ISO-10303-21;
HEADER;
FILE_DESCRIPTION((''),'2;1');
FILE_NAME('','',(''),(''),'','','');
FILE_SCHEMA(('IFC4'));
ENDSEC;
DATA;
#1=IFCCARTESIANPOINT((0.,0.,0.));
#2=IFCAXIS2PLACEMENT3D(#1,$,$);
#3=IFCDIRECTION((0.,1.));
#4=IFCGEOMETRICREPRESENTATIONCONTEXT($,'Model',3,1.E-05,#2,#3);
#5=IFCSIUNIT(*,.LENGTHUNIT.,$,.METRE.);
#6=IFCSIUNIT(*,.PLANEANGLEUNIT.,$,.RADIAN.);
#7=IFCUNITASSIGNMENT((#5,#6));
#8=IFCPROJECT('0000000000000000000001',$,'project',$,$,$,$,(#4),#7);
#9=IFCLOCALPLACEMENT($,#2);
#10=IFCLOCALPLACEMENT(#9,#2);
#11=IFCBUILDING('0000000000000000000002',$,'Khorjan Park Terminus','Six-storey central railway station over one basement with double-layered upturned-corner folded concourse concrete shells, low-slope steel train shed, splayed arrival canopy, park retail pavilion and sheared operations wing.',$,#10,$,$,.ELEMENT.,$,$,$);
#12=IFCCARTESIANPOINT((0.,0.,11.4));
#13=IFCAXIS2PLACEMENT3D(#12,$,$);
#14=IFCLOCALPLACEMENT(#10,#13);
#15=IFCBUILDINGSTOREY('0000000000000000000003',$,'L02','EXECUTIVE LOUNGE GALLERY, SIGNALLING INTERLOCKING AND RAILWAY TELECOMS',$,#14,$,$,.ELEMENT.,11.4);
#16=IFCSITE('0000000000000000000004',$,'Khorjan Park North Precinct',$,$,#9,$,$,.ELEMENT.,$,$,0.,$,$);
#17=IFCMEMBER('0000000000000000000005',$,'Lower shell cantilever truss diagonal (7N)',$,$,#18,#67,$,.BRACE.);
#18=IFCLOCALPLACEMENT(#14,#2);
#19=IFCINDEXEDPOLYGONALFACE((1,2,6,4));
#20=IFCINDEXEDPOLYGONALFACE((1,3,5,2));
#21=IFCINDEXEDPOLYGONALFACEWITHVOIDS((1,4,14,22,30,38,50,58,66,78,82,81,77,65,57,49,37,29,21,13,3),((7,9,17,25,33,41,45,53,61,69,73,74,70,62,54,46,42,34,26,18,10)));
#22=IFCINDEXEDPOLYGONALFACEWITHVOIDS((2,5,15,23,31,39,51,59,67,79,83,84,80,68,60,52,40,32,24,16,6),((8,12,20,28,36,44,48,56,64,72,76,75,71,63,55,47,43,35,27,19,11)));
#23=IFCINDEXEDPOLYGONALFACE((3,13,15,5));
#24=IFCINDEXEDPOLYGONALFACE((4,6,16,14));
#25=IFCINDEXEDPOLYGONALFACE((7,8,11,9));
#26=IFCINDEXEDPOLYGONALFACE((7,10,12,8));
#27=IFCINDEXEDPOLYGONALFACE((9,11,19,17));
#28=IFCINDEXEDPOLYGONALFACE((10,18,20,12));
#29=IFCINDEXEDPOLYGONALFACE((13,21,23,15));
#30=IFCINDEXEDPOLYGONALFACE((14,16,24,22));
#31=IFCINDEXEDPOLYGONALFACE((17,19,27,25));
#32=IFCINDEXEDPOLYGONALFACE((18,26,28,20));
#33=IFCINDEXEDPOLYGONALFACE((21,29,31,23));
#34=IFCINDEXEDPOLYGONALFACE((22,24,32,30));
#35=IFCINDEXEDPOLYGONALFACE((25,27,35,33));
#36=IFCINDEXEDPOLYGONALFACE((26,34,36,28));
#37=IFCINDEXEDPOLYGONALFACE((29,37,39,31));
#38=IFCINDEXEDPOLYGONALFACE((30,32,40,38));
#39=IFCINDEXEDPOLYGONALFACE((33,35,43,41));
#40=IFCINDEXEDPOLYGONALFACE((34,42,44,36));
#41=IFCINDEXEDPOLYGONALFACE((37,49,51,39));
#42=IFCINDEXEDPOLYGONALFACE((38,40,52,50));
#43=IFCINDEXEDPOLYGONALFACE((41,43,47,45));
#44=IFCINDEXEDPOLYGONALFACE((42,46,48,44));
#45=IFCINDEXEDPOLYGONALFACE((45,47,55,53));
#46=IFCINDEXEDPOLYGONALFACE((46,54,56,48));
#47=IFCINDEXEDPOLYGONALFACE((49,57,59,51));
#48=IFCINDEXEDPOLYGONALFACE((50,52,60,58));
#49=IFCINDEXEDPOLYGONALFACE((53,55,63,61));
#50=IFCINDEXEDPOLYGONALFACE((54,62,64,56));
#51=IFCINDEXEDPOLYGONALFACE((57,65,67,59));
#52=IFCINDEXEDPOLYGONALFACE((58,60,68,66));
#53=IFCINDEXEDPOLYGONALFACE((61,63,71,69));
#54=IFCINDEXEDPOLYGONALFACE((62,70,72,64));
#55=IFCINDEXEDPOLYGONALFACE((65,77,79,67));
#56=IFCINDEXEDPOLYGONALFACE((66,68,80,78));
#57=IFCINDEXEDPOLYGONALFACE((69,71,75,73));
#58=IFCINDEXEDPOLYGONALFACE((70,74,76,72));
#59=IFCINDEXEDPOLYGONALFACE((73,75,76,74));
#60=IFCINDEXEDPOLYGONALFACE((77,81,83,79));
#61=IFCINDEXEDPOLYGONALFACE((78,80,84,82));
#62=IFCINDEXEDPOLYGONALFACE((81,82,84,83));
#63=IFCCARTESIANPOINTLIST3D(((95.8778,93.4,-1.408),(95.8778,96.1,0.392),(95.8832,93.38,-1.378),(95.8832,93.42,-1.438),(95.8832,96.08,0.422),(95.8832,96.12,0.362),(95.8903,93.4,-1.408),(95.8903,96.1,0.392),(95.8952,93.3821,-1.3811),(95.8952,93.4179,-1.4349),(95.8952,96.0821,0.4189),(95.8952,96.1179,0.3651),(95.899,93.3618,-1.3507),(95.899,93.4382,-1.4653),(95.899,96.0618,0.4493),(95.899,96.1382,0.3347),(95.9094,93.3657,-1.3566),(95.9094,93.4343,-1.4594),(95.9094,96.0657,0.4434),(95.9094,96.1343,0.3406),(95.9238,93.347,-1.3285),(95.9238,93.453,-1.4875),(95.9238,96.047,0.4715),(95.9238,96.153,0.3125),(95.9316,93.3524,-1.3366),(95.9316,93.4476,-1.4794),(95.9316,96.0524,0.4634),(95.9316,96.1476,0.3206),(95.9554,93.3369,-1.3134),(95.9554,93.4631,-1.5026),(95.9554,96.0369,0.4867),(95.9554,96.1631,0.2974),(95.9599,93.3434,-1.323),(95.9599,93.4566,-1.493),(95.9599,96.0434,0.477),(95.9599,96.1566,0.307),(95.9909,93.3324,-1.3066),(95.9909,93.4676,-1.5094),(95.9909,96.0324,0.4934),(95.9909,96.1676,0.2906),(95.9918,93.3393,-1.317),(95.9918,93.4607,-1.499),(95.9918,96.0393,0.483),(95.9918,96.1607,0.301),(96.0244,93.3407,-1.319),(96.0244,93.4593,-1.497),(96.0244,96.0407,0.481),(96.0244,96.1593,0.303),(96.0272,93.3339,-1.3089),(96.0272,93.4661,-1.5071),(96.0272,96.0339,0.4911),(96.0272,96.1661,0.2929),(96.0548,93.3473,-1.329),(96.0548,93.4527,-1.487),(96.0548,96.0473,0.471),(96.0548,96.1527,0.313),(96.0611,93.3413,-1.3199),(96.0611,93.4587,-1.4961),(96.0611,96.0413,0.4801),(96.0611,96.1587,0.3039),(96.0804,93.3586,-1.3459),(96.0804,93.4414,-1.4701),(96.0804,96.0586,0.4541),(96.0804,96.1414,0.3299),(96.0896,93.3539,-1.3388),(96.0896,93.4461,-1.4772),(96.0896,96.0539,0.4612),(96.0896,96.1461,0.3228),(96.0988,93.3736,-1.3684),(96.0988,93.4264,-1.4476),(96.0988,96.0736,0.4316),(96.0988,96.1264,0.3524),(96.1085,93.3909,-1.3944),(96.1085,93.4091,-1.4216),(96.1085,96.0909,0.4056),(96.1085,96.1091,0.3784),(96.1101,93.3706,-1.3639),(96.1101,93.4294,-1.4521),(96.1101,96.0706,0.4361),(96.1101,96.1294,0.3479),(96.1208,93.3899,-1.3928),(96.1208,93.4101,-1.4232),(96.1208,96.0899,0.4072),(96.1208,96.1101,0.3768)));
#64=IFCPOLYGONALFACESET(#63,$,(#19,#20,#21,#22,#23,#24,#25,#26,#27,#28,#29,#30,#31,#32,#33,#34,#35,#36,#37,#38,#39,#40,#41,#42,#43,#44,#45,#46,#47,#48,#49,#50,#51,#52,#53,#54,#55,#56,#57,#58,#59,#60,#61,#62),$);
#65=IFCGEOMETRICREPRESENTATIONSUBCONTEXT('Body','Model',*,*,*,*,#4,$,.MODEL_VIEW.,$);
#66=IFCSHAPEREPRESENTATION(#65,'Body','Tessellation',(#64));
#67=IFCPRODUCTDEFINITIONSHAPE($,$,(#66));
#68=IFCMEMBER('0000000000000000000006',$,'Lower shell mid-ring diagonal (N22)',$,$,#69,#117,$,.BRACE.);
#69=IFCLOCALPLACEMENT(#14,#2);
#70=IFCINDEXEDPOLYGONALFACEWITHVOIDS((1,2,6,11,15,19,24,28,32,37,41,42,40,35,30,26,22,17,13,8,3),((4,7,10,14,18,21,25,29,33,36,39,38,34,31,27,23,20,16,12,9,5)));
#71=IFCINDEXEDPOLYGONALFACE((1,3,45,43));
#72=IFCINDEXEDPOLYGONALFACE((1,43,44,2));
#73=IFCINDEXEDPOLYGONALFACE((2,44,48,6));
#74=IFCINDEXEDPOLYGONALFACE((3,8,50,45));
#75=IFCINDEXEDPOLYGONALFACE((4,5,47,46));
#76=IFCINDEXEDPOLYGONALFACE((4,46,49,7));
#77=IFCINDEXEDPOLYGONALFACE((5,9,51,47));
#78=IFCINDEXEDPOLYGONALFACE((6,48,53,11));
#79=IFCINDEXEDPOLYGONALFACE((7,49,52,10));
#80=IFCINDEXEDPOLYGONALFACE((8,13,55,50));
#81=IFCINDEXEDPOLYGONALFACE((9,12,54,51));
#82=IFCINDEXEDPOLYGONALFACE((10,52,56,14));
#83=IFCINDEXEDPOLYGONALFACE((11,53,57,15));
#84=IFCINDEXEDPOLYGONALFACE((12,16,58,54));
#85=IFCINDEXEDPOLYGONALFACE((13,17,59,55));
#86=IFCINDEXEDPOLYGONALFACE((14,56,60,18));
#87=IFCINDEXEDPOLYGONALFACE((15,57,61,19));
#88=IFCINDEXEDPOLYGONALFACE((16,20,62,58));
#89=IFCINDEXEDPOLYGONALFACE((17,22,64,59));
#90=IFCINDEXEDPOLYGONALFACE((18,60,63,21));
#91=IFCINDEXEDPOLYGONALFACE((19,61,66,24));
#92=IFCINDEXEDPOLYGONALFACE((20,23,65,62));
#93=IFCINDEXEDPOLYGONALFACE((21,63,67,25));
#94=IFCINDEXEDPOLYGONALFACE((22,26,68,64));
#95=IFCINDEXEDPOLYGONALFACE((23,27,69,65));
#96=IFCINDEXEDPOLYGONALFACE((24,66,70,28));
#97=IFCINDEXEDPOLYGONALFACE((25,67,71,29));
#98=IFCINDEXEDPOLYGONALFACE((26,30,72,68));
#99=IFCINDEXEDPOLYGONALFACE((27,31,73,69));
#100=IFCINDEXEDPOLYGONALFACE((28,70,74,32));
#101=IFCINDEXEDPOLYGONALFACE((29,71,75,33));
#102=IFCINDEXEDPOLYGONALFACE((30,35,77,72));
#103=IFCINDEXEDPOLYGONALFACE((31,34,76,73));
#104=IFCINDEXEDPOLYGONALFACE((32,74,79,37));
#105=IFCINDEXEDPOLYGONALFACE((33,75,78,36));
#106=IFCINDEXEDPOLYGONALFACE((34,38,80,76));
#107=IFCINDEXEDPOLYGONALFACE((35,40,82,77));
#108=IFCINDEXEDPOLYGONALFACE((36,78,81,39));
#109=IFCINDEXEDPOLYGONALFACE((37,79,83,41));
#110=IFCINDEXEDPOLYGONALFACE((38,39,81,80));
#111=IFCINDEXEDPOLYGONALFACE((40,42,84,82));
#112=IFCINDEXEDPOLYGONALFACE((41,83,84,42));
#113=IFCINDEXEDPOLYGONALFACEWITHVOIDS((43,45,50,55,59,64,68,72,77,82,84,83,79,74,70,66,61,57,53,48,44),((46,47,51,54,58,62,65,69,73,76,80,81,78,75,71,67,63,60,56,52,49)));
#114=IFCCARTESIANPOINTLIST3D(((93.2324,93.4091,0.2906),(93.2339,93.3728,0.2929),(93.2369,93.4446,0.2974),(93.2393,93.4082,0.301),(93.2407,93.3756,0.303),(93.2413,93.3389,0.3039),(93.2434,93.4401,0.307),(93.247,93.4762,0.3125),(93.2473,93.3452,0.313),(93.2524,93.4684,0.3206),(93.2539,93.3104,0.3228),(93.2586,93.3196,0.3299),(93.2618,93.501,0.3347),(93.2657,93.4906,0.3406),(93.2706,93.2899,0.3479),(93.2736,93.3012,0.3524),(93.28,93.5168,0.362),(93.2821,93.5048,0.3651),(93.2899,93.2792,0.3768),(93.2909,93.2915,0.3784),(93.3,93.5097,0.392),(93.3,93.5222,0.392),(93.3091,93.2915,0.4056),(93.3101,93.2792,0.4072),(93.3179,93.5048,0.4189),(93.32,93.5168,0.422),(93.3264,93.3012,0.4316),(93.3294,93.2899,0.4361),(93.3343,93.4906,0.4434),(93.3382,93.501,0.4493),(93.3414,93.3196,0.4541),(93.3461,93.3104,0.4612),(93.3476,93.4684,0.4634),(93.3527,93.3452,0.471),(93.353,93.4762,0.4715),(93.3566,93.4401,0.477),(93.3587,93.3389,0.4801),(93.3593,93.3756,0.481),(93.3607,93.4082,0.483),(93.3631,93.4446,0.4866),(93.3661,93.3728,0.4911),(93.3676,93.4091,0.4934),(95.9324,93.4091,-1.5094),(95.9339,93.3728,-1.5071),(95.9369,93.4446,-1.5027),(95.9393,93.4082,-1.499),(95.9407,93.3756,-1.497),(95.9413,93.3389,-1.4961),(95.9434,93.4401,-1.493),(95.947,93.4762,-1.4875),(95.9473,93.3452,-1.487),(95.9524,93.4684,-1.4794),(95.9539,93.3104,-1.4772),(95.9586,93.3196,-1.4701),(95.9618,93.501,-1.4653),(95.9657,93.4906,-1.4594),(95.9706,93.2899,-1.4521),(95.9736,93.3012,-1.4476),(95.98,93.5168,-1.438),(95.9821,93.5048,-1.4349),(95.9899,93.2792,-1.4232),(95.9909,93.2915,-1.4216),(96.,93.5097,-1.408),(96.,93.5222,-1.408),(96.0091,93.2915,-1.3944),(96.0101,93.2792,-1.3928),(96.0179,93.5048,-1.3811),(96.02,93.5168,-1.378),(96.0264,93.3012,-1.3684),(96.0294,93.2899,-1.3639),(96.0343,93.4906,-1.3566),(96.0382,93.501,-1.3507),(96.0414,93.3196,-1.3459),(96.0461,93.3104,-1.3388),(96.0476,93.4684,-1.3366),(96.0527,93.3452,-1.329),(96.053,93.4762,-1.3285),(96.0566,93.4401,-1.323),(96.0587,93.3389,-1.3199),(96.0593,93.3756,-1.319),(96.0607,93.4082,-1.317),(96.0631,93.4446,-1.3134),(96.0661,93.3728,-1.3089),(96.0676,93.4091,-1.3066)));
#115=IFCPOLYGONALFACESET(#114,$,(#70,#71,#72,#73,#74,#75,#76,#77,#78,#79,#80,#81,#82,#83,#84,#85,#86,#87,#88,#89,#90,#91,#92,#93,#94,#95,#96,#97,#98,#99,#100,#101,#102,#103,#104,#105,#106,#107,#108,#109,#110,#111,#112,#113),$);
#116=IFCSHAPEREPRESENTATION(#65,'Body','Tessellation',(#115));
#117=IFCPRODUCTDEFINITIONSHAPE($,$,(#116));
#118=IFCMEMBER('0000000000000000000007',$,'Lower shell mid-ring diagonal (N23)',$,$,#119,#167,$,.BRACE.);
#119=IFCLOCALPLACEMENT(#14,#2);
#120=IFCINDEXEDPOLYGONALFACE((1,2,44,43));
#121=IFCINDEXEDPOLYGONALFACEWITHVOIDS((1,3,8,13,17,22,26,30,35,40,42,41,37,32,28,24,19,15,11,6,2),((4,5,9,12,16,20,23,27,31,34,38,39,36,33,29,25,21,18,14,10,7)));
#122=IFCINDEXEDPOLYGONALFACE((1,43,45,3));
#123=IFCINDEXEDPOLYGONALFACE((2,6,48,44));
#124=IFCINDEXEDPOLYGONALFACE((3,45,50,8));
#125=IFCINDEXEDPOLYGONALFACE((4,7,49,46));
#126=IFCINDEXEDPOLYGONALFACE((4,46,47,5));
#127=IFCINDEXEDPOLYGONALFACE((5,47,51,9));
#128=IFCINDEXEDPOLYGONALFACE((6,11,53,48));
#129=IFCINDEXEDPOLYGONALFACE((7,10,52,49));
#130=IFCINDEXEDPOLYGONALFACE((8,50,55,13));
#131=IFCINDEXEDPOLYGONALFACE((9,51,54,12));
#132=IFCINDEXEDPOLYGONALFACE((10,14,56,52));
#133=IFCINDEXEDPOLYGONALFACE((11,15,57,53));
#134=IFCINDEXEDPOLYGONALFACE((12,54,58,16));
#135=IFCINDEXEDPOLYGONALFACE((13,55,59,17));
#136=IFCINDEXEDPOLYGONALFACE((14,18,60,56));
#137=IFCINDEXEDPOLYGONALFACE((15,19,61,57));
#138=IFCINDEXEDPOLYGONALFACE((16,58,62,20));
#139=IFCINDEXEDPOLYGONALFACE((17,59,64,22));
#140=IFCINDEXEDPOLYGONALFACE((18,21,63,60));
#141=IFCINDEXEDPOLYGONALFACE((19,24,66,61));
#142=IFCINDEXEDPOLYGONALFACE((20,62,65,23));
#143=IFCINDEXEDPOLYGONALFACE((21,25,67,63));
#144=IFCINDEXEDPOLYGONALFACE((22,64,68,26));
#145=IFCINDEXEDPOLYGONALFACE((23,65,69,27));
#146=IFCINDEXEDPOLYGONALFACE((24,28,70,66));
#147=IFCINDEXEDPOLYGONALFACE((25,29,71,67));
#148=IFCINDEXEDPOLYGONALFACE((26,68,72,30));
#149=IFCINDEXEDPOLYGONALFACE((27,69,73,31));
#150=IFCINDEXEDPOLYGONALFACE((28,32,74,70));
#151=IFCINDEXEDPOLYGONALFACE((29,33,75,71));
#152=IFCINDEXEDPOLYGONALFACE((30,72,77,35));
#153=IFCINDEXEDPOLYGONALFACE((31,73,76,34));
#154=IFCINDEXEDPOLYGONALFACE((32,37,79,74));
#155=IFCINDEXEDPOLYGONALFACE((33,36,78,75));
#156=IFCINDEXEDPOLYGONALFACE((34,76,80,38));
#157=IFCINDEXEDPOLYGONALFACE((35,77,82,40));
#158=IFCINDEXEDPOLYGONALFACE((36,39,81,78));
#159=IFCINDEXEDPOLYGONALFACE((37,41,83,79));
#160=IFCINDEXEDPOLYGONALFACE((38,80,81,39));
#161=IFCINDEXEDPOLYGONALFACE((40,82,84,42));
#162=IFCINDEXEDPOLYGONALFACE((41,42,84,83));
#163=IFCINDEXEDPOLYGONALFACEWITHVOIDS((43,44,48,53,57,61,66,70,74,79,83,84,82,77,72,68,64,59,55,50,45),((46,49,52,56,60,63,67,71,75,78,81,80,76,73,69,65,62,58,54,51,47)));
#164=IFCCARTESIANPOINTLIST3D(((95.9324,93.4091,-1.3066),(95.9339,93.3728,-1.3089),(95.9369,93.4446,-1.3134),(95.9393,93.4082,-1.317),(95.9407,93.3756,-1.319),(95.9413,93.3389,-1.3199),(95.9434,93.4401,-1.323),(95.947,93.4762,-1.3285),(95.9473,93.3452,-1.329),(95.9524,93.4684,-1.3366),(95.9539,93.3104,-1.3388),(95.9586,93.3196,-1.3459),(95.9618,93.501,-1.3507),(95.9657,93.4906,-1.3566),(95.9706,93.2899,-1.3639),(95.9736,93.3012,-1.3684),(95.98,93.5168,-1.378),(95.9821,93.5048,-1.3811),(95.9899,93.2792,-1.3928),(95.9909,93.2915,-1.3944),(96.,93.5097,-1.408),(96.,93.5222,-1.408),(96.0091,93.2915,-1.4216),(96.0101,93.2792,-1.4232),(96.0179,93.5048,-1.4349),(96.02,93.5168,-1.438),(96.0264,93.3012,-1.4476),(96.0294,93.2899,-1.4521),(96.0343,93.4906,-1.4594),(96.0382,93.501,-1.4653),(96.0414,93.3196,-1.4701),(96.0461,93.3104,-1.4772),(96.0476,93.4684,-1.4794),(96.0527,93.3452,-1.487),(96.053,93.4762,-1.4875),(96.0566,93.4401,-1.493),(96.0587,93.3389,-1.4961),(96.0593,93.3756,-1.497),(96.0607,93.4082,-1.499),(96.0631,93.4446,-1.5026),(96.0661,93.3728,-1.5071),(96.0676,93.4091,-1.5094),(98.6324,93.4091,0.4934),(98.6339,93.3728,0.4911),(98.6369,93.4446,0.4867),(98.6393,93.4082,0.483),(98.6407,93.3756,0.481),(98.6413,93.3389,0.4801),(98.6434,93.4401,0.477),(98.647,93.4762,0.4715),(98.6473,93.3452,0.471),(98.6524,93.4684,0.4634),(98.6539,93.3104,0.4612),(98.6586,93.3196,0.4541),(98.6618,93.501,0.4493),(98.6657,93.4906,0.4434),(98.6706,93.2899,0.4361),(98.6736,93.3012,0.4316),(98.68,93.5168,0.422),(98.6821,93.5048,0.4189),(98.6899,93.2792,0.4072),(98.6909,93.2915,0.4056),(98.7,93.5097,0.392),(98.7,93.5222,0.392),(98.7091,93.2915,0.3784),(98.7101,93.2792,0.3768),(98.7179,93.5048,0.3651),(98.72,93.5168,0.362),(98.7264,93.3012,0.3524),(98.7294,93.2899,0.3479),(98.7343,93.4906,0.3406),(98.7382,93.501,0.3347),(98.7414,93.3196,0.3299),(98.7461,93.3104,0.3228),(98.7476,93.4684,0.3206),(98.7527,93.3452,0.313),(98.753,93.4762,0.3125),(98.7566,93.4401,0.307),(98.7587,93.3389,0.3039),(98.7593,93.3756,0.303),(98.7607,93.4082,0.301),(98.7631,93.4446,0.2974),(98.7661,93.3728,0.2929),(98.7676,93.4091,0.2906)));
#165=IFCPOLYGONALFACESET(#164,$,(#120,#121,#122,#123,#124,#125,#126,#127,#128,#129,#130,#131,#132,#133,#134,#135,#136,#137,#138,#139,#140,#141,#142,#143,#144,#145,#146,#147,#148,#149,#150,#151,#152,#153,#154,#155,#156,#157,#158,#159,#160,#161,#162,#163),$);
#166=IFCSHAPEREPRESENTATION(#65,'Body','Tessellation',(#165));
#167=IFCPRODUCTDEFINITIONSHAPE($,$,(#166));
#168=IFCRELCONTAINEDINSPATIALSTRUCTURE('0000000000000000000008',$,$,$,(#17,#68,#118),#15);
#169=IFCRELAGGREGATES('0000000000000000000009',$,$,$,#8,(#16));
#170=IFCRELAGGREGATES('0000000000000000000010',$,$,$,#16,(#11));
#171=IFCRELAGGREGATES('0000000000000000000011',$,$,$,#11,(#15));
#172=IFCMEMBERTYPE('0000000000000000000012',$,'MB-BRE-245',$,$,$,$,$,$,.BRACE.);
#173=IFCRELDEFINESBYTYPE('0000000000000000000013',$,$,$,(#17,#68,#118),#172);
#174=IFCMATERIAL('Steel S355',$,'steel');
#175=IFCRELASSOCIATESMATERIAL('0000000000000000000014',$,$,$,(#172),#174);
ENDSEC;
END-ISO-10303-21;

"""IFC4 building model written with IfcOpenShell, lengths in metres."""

from ifc_helpers import new_model, si_unit, direction, frame, origin, origin_2d, place, context, subcontext, project, spatial, hollow_circle, extrude, material, material_profile, profile_set, type_object, element, save


model = new_model("IFC4")

# Units and contexts
model_context = context("Model", 3, precision=1e-05, world=origin(), true_north=direction((0.0, 1.0)))
body_context = subcontext(model_context, "Body", "Model", "MODEL_VIEW")
ifc_project = project(units=[si_unit("LENGTHUNIT", "METRE"), si_unit("PLANEANGLEUNIT", "RADIAN")], contexts=[model_context])

# Site, building, storey
site_placement = place(None, origin())
site = spatial("IfcSite", under=ifc_project, at=site_placement, Name="Khorjan Park North Precinct", CompositionType="ELEMENT", RefElevation=0.0)
building_placement = place(site_placement, origin())
building = spatial("IfcBuilding", under=site, at=building_placement, Name="Khorjan Park Terminus", Description="Six-storey central railway station over one basement with double-layered upturned-corner folded concourse concrete shells, low-slope steel train shed, splayed arrival canopy, park retail pavilion and sheared operations wing.", CompositionType="ELEMENT")
storey_placement = place(building_placement, frame((0.0, 0.0, 11.4)))
storey = spatial("IfcBuildingStorey", under=building, at=storey_placement, Name="L02", Description="EXECUTIVE LOUNGE GALLERY, SIGNALLING INTERLOCKING AND RAILWAY TELECOMS", CompositionType="ELEMENT", Elevation=11.4)

# Members
ifc_material_1 = material(Name="Steel S355", Category="steel")
ifc_material_profile_1 = material_profile(ifc_material_1, hollow_circle(Radius=0.1222, WallThickness=0.0125, at=origin_2d()), Name="CHS 244.5x12.5")
ifc_profile_set_1 = profile_set([ifc_material_profile_1], Name="Steel S355")
member_type_1 = type_object("IfcMemberType", Name="MB-BRE-245", PredefinedType="BRACE", material=ifc_profile_set_1)
for number, where, z_axis, x_axis, name in (
    (1, (96.0, 93.4, -1.408), (0.0, 0.83205, 0.5547), (-1.0, 0.0, 0.0), "Lower shell cantilever truss diagonal (7N)"),
    (2, (93.3, 93.4, 0.392), (0.83205, 0.0, -0.5547), (0.0, 1.0, 0.0), "Lower shell mid-ring diagonal (N22)"),
    (3, (96.0, 93.4, -1.408), (0.83205, 0.0, 0.5547), (0.0, 1.0, 0.0), "Lower shell mid-ring diagonal (N23)"),
):
    element("IfcMember", number, at=place(storey_placement, frame(where, z_axis=z_axis, x_axis=x_axis)), inside=storey, type_object=member_type_1, Name=name, PredefinedType="BRACE", context=body_context, shape_type="SweptSolid", body=[
        extrude(hollow_circle(Radius=0.1222, WallThickness=0.0125, at=origin_2d()), origin(), (0.0, 0.0, 1.0), 3.245),
    ])

save(model, "model.ifc")
